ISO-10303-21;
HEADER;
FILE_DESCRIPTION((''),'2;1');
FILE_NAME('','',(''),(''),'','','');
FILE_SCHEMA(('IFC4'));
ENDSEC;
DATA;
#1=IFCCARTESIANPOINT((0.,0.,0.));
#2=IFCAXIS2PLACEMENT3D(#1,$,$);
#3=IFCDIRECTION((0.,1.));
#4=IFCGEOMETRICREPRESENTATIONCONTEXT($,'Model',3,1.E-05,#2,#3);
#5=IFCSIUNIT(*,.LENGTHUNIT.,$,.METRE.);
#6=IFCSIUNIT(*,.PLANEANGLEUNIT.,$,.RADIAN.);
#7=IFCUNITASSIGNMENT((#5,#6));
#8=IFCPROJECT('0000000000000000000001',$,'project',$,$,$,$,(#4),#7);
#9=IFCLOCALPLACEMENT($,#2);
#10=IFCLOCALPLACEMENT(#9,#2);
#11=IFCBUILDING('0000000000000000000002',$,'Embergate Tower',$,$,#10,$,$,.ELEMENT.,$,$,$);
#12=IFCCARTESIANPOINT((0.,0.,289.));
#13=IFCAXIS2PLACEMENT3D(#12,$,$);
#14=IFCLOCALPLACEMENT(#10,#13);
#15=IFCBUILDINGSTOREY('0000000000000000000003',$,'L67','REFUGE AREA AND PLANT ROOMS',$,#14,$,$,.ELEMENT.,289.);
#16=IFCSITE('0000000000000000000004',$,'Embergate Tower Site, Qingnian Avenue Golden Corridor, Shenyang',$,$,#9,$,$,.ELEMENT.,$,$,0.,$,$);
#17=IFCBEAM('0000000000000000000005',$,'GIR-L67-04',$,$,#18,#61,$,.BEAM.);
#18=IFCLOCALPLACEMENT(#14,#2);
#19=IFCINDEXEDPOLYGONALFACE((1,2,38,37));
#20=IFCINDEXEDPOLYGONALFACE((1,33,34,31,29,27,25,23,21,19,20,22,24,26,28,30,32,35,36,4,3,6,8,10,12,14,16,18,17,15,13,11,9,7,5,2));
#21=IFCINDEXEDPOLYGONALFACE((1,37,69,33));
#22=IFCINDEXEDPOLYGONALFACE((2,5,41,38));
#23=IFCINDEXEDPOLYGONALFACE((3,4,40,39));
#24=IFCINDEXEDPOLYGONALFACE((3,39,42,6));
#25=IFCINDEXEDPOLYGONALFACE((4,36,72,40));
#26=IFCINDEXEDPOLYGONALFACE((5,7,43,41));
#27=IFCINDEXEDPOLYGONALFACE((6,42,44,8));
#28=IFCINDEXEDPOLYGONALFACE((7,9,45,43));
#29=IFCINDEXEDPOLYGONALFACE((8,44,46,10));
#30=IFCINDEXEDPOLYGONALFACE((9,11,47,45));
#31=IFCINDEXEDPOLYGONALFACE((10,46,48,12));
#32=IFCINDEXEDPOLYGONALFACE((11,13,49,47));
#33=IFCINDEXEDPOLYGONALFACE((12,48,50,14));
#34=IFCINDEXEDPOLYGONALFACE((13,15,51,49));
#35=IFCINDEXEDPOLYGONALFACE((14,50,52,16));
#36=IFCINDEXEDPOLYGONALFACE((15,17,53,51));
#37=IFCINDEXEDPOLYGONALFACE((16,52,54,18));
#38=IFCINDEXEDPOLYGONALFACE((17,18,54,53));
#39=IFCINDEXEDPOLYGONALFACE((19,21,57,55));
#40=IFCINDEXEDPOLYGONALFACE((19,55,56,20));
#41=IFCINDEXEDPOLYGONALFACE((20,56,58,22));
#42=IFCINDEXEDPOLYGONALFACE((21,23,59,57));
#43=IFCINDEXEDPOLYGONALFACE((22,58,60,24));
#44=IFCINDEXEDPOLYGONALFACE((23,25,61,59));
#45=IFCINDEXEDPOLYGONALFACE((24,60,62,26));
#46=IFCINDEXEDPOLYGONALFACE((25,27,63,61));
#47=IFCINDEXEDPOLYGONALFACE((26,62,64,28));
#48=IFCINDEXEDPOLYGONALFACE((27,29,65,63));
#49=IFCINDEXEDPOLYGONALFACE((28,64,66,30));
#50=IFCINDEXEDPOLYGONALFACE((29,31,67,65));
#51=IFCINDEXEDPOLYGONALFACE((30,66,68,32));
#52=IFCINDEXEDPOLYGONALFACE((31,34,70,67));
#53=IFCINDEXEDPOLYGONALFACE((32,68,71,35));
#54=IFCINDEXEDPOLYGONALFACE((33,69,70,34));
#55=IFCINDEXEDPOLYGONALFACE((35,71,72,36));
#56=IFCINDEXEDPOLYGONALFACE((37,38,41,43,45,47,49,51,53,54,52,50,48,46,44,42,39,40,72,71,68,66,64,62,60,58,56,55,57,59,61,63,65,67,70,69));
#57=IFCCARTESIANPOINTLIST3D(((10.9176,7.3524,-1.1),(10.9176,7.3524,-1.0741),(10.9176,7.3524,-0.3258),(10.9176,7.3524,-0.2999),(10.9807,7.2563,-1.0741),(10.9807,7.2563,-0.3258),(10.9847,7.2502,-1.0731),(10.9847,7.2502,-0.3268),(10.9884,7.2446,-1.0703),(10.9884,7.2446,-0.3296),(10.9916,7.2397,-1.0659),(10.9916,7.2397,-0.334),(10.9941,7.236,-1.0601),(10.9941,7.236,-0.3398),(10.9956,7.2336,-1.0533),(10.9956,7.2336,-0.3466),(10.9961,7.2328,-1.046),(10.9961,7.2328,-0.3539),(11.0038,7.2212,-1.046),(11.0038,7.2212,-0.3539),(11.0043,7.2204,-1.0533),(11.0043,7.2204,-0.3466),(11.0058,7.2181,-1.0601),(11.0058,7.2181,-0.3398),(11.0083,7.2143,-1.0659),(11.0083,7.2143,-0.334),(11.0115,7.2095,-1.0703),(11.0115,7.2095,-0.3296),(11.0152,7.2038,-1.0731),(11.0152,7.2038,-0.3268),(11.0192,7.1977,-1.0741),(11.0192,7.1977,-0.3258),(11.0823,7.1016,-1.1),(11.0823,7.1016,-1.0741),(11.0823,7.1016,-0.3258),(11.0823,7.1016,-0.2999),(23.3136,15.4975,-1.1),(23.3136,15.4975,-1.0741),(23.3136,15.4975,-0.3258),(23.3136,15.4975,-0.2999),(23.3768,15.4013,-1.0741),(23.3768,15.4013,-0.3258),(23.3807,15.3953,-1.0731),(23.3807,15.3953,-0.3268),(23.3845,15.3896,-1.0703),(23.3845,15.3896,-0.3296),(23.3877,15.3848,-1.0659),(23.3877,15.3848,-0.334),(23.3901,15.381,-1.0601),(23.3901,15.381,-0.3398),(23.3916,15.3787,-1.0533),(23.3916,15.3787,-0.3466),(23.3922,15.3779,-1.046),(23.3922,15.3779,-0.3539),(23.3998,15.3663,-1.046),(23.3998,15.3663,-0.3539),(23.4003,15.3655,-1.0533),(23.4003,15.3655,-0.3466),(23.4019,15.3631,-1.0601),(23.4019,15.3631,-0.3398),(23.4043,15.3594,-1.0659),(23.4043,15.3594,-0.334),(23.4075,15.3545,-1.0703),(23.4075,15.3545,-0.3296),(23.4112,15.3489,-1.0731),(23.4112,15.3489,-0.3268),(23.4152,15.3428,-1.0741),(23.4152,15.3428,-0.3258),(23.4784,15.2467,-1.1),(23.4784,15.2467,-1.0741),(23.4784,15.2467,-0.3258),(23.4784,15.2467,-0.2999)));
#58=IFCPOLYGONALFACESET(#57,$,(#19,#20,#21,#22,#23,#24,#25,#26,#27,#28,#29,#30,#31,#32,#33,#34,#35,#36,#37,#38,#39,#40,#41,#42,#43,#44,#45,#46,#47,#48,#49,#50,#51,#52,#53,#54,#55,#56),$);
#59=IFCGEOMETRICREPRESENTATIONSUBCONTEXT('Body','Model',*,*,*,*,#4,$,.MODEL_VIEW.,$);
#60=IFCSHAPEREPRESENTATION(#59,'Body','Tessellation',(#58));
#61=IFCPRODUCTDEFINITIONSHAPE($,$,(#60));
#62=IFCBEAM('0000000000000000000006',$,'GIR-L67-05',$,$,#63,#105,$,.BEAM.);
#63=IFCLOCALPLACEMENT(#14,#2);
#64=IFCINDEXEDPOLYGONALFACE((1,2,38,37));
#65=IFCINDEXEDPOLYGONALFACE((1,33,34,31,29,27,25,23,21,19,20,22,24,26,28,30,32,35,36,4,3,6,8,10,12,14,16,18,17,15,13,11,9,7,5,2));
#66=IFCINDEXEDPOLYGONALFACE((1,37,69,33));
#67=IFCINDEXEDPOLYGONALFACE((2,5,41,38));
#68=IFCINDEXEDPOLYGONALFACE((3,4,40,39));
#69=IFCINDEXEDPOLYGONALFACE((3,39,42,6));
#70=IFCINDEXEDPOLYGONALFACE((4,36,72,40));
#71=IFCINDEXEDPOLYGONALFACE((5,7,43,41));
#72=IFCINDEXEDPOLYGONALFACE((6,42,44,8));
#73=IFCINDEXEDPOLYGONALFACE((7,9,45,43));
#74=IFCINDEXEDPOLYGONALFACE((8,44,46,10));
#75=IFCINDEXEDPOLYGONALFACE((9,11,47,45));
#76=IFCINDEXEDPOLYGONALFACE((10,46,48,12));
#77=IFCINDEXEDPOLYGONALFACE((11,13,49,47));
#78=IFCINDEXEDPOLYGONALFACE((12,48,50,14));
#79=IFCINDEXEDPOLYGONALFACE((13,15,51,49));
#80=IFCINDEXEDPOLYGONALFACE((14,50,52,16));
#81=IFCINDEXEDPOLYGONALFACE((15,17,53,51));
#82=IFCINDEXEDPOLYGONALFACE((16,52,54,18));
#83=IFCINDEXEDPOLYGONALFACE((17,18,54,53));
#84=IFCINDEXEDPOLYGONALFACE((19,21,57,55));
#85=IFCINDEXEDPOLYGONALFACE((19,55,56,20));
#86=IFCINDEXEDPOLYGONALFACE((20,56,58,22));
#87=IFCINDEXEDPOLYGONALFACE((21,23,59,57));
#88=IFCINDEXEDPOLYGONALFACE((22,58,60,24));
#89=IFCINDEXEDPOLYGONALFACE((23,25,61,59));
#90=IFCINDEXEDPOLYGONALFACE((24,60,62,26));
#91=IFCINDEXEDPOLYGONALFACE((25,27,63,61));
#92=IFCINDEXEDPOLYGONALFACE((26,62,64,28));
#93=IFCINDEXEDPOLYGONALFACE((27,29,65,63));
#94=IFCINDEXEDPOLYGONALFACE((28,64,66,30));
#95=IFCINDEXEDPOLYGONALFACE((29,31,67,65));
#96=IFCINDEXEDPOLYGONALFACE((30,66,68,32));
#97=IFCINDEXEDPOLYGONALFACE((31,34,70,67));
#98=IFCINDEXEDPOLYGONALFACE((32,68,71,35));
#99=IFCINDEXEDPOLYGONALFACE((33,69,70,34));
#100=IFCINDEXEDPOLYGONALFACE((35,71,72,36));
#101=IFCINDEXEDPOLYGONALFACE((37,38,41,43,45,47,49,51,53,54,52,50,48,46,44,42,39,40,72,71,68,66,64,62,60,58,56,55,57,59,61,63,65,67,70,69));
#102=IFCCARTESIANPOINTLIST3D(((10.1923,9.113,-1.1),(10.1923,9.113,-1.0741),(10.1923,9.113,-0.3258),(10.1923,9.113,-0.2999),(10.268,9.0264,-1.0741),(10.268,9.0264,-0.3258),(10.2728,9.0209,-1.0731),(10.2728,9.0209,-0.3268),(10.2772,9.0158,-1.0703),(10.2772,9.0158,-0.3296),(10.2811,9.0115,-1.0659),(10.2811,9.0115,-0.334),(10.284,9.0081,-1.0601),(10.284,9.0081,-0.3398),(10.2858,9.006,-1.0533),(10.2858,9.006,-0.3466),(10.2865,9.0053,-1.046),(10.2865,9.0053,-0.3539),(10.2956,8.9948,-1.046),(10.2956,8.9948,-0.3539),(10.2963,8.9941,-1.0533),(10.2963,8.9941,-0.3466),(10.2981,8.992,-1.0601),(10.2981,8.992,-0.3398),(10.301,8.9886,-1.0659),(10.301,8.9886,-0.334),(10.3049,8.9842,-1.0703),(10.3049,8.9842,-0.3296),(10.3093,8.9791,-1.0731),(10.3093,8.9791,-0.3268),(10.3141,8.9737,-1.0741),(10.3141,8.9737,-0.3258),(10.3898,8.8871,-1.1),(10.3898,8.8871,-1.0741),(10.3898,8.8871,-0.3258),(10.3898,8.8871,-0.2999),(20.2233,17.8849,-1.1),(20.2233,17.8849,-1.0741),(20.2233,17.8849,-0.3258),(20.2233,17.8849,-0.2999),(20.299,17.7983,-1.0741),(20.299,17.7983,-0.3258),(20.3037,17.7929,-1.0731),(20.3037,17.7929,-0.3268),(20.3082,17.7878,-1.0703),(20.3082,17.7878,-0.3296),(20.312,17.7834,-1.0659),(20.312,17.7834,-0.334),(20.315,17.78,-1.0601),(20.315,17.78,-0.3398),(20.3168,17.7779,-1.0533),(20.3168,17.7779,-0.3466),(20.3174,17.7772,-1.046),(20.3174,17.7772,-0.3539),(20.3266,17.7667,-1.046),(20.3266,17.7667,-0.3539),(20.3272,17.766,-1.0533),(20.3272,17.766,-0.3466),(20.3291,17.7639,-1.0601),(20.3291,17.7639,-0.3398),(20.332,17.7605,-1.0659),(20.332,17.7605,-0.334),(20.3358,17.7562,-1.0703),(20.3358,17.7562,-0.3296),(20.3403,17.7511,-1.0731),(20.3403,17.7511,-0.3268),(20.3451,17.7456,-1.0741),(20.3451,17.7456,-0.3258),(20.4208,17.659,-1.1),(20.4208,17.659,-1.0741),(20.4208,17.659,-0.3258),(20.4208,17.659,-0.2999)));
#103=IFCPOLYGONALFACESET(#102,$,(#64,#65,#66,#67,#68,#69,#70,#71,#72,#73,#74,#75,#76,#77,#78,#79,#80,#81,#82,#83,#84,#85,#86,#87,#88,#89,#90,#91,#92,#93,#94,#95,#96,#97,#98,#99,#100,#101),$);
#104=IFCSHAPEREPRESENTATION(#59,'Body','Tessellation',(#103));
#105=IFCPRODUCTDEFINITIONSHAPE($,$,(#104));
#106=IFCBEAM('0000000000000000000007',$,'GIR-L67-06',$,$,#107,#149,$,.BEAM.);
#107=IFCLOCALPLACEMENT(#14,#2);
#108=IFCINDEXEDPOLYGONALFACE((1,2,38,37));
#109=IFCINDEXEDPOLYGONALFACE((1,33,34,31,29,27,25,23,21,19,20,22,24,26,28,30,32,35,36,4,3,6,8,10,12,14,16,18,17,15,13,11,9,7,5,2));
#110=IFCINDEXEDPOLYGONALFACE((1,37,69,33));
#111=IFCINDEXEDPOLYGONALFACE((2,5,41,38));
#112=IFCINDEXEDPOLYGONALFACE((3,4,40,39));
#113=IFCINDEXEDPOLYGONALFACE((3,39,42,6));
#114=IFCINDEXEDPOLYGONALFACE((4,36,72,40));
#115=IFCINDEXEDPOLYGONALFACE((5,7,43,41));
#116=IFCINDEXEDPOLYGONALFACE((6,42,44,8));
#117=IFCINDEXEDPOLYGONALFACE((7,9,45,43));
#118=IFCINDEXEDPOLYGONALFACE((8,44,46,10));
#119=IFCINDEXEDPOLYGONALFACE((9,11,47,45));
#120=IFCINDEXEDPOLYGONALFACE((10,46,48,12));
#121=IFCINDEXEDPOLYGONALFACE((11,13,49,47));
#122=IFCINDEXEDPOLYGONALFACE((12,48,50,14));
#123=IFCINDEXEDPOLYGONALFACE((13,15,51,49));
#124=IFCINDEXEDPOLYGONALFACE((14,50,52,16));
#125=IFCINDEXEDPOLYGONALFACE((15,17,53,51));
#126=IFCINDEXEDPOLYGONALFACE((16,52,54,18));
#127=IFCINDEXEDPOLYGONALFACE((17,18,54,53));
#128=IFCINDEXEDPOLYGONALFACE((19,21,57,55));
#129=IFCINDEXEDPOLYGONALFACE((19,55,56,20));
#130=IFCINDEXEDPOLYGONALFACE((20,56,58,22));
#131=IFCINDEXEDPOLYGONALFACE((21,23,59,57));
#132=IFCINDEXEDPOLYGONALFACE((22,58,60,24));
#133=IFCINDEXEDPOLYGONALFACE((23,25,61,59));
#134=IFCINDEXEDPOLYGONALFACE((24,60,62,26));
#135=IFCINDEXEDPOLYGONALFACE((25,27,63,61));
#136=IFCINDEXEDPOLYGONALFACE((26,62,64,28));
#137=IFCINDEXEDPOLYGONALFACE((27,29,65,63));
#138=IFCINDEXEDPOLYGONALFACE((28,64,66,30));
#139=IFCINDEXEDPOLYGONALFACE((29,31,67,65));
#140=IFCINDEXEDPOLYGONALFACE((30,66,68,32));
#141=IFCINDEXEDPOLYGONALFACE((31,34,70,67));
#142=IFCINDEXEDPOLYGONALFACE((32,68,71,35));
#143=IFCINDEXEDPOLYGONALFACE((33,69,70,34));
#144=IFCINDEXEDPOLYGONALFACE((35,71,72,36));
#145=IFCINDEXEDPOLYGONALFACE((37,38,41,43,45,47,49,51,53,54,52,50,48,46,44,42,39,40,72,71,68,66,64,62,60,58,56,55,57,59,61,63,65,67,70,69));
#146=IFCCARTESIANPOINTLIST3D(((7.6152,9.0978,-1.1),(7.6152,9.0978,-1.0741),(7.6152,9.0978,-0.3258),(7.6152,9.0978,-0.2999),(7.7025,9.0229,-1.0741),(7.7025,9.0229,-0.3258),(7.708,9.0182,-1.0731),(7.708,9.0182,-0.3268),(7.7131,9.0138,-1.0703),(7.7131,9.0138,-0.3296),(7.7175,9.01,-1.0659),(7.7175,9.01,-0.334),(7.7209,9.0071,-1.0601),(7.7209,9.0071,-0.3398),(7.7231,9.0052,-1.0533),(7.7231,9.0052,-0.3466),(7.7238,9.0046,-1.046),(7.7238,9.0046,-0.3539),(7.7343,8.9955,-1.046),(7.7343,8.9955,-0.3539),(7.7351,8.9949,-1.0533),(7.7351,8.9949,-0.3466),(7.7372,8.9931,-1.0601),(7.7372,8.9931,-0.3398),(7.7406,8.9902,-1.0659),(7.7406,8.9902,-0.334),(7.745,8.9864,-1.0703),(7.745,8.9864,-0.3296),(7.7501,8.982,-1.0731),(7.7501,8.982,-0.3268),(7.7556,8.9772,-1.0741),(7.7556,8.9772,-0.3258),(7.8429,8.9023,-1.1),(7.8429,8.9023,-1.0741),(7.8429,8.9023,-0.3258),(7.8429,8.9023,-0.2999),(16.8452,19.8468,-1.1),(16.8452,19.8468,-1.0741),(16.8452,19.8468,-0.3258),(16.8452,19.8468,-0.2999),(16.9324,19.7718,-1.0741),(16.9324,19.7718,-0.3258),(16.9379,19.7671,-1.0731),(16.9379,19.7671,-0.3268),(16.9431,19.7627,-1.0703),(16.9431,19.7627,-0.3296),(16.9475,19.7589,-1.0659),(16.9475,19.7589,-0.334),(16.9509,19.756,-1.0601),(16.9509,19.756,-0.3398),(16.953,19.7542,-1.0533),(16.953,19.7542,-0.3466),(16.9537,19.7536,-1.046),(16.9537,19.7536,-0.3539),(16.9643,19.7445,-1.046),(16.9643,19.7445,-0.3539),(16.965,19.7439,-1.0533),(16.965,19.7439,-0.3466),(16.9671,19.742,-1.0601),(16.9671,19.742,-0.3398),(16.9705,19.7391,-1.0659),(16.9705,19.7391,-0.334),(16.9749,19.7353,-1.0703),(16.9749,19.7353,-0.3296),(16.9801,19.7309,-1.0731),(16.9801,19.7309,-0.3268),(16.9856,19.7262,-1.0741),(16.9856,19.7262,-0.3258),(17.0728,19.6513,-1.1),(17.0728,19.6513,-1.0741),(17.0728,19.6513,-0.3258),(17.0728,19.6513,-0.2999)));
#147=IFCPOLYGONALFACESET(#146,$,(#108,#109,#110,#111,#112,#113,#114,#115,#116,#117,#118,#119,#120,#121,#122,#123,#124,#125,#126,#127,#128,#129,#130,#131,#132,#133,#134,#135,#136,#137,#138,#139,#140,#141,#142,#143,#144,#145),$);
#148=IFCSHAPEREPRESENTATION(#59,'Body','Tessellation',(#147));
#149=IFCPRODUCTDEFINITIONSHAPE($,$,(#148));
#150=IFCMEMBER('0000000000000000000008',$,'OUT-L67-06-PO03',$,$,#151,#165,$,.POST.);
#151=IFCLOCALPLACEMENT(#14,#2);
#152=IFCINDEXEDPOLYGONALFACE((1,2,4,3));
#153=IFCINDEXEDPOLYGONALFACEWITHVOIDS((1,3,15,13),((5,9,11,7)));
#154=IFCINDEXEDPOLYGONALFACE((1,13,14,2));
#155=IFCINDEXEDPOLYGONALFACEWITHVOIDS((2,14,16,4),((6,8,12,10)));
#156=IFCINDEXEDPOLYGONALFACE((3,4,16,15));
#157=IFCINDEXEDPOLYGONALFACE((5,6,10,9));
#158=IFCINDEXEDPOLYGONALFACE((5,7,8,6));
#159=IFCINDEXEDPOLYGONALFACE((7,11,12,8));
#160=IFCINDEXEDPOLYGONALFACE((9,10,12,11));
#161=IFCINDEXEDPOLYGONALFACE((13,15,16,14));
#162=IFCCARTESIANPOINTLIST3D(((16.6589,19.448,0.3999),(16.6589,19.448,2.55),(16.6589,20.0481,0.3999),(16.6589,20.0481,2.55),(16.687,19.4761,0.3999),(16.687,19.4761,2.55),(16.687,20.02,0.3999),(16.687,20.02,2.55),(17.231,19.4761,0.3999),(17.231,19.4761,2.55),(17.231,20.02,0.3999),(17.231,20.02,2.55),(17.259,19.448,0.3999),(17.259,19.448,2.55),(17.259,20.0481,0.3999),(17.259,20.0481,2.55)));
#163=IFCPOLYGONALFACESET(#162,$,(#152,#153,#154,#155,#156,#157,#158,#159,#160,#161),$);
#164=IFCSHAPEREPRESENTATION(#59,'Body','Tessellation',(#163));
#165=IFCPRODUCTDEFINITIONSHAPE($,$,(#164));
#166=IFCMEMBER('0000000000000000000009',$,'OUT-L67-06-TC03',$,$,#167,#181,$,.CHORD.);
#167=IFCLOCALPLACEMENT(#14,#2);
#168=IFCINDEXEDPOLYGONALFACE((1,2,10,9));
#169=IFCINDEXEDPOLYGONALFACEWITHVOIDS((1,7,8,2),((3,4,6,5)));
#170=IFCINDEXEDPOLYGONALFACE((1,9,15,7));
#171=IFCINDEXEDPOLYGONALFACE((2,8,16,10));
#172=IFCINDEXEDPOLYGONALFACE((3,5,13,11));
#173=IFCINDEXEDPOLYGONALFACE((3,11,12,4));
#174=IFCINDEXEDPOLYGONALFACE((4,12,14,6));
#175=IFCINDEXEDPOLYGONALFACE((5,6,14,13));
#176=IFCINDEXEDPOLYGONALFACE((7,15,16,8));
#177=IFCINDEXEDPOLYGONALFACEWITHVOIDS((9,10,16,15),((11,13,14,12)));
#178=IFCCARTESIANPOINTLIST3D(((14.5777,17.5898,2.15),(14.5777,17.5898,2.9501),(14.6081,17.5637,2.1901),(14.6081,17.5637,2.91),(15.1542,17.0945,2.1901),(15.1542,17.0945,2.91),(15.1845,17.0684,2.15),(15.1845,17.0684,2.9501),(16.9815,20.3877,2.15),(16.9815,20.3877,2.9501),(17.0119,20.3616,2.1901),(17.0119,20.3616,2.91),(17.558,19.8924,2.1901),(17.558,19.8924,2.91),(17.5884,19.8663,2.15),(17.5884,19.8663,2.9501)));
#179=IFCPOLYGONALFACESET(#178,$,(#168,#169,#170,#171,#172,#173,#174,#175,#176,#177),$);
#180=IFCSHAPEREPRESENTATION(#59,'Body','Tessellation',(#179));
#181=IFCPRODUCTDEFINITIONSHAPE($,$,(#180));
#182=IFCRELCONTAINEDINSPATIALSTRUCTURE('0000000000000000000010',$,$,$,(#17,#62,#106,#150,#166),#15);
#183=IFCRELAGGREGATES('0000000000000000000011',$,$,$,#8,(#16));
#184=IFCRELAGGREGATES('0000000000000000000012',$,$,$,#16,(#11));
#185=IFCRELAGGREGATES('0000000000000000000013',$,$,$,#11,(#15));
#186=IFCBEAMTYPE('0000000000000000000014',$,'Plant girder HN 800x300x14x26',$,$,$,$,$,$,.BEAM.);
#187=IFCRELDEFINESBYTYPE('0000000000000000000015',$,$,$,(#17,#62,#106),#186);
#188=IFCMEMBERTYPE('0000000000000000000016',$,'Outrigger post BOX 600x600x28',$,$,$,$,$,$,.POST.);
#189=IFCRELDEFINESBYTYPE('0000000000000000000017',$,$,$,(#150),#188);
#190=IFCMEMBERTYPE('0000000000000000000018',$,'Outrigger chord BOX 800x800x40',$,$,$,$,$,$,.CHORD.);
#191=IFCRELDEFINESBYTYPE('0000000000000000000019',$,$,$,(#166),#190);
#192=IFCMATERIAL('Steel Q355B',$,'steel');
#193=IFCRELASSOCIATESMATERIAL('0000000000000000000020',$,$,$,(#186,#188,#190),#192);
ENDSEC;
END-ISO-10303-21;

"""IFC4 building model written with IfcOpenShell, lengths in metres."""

from ifc_helpers import new_model, si_unit, direction, frame, origin, origin_2d, place, context, subcontext, project, spatial, hollow_rectangle, i_section, extrude, source, transform, mapped, material, material_profile, profile_set, type_object, element, save


model = new_model("IFC4")

# Units and contexts
model_context = context("Model", 3, precision=1e-05, world=origin(), true_north=direction((0.0, 1.0)))
body_context = subcontext(model_context, "Body", "Model", "MODEL_VIEW")
ifc_project = project(units=[si_unit("LENGTHUNIT", "METRE"), si_unit("PLANEANGLEUNIT", "RADIAN")], contexts=[model_context])

# Site, building, storey
site_placement = place(None, origin())
site = spatial("IfcSite", under=ifc_project, at=site_placement, Name="Embergate Tower Site, Qingnian Avenue Golden Corridor, Shenyang", CompositionType="ELEMENT", RefElevation=0.0)
building_placement = place(site_placement, origin())
building = spatial("IfcBuilding", under=site, at=building_placement, Name="Embergate Tower", CompositionType="ELEMENT")
storey_placement = place(building_placement, frame((0.0, 0.0, 289.0)))
storey = spatial("IfcBuildingStorey", under=building, at=storey_placement, Name="L67", Description="REFUGE AREA AND PLANT ROOMS", CompositionType="ELEMENT", Elevation=289.0)

# Beams
ifc_material_1 = material(Name="Steel Q355B", Category="steel")
ifc_material_profile_1 = material_profile(ifc_material_1, i_section(OverallWidth=0.3, OverallDepth=0.8, WebThickness=0.0139, FlangeThickness=0.0259, FilletRadius=0.0281, at=origin_2d()), Name="HN 800x300x14x26")
ifc_profile_set_1 = profile_set([ifc_material_profile_1], Name="Steel Q355 grade B")
beam_type_1 = type_object("IfcBeamType", Name="Plant girder HN 800x300x14x26", PredefinedType="BEAM", material=ifc_profile_set_1)
shared_shape_1 = source(origin(), body_context, "Body", "SweptSolid", [
    extrude(i_section(OverallWidth=0.3, OverallDepth=0.8, WebThickness=0.0139, FlangeThickness=0.0259, FilletRadius=0.0281, at=origin_2d()), origin(), (0.0, 0.0, 1.0), 14.8325),
])
beam_1_placement = place(storey_placement, frame((23.396, 15.3721, -0.7), z_axis=(-0.835734, -0.549135, 0.0), x_axis=(0.549135, -0.835734, 0.0)))
element("IfcBeam", 1, at=beam_1_placement, inside=storey, type_object=beam_type_1, Name="GIR-L67-04", PredefinedType="BEAM", context=body_context, shape_type="MappedRepresentation", body=[
    mapped(shared_shape_1, transform((0.0, 0.0, 0.0))),
])
shared_shape_2 = source(origin(), body_context, "Body", "SweptSolid", [
    extrude(i_section(OverallWidth=0.3, OverallDepth=0.8, WebThickness=0.0139, FlangeThickness=0.0259, FilletRadius=0.0281, at=origin_2d()), origin(), (0.0, 0.0, 1.0), 13.3254),
])
beam_2_placement = place(storey_placement, frame((20.322, 17.772, -0.7), z_axis=(-0.752768, -0.658285, 0.0), x_axis=(0.658285, -0.752768, 0.0)))
element("IfcBeam", 2, at=beam_2_placement, inside=storey, type_object=beam_type_1, Name="GIR-L67-05", PredefinedType="BEAM", context=body_context, shape_type="MappedRepresentation", body=[
    mapped(shared_shape_2, transform((0.0, 0.0, 0.0))),
])
shared_shape_3 = source(origin(), body_context, "Body", "SweptSolid", [
    extrude(i_section(OverallWidth=0.3, OverallDepth=0.8, WebThickness=0.0139, FlangeThickness=0.0259, FilletRadius=0.0281, at=origin_2d()), origin(), (0.0, 0.0, 1.0), 14.168),
])
beam_3_placement = place(storey_placement, frame((16.959, 19.749, -0.7), z_axis=(-0.651464, -0.75868, 0.0), x_axis=(0.75868, -0.651464, 0.0)))
element("IfcBeam", 3, at=beam_3_placement, inside=storey, type_object=beam_type_1, Name="GIR-L67-06", PredefinedType="BEAM", context=body_context, shape_type="MappedRepresentation", body=[
    mapped(shared_shape_3, transform((0.0, 0.0, 0.0))),
])

# Members
ifc_material_profile_2 = material_profile(ifc_material_1, hollow_rectangle(XDim=0.6001, YDim=0.6001, WallThickness=0.0281, at=origin_2d()), Name="BOX 600x600x28")
ifc_profile_set_2 = profile_set([ifc_material_profile_2], Name="Steel Q355 grade B")
member_type_1 = type_object("IfcMemberType", Name="Outrigger post BOX 600x600x28", PredefinedType="POST", material=ifc_profile_set_2)
shared_shape_4 = source(origin(), body_context, "Body", "SweptSolid", [
    extrude(hollow_rectangle(XDim=0.6001, YDim=0.6001, WallThickness=0.0281, at=origin_2d()), origin(), (0.0, 0.0, 1.0), 2.1501),
])
member_1_placement = place(storey_placement, frame((16.959, 19.748, 0.3999), z_axis=(0.0, 0.0, 1.0), x_axis=(1.0, 0.0, 0.0)))
element("IfcMember", 4, at=member_1_placement, inside=storey, type_object=member_type_1, Name="OUT-L67-06-PO03", PredefinedType="POST", context=body_context, shape_type="MappedRepresentation", body=[
    mapped(shared_shape_4, transform((0.0, 0.0, 0.0))),
])
ifc_material_profile_3 = material_profile(ifc_material_1, hollow_rectangle(XDim=0.8, YDim=0.8, WallThickness=0.04, at=origin_2d()), Name="BOX 800x800x40")
ifc_profile_set_3 = profile_set([ifc_material_profile_3], Name="Steel Q355 grade B")
member_type_2 = type_object("IfcMemberType", Name="Outrigger chord BOX 800x800x40", PredefinedType="CHORD", material=ifc_profile_set_3)
shared_shape_5 = source(origin(), body_context, "Body", "SweptSolid", [
    extrude(hollow_rectangle(XDim=0.8, YDim=0.8, WallThickness=0.04, at=origin_2d()), origin(), (0.0, 0.0, 1.0), 3.6887),
])
for number, where, z_axis, x_axis, name in (
    (5, (14.8811, 17.3291, 2.55), (0.651674, 0.758499, 0.0), (-0.758499, 0.651674, 0.0), "OUT-L67-06-TC03"),
):
    element("IfcMember", number, at=place(storey_placement, frame(where, z_axis=z_axis, x_axis=x_axis)), inside=storey, type_object=member_type_2, Name=name, PredefinedType="CHORD", context=body_context, shape_type="MappedRepresentation", body=[
        mapped(shared_shape_5, transform((0.0, 0.0, 0.0))),
    ])

save(model, "model.ifc")
